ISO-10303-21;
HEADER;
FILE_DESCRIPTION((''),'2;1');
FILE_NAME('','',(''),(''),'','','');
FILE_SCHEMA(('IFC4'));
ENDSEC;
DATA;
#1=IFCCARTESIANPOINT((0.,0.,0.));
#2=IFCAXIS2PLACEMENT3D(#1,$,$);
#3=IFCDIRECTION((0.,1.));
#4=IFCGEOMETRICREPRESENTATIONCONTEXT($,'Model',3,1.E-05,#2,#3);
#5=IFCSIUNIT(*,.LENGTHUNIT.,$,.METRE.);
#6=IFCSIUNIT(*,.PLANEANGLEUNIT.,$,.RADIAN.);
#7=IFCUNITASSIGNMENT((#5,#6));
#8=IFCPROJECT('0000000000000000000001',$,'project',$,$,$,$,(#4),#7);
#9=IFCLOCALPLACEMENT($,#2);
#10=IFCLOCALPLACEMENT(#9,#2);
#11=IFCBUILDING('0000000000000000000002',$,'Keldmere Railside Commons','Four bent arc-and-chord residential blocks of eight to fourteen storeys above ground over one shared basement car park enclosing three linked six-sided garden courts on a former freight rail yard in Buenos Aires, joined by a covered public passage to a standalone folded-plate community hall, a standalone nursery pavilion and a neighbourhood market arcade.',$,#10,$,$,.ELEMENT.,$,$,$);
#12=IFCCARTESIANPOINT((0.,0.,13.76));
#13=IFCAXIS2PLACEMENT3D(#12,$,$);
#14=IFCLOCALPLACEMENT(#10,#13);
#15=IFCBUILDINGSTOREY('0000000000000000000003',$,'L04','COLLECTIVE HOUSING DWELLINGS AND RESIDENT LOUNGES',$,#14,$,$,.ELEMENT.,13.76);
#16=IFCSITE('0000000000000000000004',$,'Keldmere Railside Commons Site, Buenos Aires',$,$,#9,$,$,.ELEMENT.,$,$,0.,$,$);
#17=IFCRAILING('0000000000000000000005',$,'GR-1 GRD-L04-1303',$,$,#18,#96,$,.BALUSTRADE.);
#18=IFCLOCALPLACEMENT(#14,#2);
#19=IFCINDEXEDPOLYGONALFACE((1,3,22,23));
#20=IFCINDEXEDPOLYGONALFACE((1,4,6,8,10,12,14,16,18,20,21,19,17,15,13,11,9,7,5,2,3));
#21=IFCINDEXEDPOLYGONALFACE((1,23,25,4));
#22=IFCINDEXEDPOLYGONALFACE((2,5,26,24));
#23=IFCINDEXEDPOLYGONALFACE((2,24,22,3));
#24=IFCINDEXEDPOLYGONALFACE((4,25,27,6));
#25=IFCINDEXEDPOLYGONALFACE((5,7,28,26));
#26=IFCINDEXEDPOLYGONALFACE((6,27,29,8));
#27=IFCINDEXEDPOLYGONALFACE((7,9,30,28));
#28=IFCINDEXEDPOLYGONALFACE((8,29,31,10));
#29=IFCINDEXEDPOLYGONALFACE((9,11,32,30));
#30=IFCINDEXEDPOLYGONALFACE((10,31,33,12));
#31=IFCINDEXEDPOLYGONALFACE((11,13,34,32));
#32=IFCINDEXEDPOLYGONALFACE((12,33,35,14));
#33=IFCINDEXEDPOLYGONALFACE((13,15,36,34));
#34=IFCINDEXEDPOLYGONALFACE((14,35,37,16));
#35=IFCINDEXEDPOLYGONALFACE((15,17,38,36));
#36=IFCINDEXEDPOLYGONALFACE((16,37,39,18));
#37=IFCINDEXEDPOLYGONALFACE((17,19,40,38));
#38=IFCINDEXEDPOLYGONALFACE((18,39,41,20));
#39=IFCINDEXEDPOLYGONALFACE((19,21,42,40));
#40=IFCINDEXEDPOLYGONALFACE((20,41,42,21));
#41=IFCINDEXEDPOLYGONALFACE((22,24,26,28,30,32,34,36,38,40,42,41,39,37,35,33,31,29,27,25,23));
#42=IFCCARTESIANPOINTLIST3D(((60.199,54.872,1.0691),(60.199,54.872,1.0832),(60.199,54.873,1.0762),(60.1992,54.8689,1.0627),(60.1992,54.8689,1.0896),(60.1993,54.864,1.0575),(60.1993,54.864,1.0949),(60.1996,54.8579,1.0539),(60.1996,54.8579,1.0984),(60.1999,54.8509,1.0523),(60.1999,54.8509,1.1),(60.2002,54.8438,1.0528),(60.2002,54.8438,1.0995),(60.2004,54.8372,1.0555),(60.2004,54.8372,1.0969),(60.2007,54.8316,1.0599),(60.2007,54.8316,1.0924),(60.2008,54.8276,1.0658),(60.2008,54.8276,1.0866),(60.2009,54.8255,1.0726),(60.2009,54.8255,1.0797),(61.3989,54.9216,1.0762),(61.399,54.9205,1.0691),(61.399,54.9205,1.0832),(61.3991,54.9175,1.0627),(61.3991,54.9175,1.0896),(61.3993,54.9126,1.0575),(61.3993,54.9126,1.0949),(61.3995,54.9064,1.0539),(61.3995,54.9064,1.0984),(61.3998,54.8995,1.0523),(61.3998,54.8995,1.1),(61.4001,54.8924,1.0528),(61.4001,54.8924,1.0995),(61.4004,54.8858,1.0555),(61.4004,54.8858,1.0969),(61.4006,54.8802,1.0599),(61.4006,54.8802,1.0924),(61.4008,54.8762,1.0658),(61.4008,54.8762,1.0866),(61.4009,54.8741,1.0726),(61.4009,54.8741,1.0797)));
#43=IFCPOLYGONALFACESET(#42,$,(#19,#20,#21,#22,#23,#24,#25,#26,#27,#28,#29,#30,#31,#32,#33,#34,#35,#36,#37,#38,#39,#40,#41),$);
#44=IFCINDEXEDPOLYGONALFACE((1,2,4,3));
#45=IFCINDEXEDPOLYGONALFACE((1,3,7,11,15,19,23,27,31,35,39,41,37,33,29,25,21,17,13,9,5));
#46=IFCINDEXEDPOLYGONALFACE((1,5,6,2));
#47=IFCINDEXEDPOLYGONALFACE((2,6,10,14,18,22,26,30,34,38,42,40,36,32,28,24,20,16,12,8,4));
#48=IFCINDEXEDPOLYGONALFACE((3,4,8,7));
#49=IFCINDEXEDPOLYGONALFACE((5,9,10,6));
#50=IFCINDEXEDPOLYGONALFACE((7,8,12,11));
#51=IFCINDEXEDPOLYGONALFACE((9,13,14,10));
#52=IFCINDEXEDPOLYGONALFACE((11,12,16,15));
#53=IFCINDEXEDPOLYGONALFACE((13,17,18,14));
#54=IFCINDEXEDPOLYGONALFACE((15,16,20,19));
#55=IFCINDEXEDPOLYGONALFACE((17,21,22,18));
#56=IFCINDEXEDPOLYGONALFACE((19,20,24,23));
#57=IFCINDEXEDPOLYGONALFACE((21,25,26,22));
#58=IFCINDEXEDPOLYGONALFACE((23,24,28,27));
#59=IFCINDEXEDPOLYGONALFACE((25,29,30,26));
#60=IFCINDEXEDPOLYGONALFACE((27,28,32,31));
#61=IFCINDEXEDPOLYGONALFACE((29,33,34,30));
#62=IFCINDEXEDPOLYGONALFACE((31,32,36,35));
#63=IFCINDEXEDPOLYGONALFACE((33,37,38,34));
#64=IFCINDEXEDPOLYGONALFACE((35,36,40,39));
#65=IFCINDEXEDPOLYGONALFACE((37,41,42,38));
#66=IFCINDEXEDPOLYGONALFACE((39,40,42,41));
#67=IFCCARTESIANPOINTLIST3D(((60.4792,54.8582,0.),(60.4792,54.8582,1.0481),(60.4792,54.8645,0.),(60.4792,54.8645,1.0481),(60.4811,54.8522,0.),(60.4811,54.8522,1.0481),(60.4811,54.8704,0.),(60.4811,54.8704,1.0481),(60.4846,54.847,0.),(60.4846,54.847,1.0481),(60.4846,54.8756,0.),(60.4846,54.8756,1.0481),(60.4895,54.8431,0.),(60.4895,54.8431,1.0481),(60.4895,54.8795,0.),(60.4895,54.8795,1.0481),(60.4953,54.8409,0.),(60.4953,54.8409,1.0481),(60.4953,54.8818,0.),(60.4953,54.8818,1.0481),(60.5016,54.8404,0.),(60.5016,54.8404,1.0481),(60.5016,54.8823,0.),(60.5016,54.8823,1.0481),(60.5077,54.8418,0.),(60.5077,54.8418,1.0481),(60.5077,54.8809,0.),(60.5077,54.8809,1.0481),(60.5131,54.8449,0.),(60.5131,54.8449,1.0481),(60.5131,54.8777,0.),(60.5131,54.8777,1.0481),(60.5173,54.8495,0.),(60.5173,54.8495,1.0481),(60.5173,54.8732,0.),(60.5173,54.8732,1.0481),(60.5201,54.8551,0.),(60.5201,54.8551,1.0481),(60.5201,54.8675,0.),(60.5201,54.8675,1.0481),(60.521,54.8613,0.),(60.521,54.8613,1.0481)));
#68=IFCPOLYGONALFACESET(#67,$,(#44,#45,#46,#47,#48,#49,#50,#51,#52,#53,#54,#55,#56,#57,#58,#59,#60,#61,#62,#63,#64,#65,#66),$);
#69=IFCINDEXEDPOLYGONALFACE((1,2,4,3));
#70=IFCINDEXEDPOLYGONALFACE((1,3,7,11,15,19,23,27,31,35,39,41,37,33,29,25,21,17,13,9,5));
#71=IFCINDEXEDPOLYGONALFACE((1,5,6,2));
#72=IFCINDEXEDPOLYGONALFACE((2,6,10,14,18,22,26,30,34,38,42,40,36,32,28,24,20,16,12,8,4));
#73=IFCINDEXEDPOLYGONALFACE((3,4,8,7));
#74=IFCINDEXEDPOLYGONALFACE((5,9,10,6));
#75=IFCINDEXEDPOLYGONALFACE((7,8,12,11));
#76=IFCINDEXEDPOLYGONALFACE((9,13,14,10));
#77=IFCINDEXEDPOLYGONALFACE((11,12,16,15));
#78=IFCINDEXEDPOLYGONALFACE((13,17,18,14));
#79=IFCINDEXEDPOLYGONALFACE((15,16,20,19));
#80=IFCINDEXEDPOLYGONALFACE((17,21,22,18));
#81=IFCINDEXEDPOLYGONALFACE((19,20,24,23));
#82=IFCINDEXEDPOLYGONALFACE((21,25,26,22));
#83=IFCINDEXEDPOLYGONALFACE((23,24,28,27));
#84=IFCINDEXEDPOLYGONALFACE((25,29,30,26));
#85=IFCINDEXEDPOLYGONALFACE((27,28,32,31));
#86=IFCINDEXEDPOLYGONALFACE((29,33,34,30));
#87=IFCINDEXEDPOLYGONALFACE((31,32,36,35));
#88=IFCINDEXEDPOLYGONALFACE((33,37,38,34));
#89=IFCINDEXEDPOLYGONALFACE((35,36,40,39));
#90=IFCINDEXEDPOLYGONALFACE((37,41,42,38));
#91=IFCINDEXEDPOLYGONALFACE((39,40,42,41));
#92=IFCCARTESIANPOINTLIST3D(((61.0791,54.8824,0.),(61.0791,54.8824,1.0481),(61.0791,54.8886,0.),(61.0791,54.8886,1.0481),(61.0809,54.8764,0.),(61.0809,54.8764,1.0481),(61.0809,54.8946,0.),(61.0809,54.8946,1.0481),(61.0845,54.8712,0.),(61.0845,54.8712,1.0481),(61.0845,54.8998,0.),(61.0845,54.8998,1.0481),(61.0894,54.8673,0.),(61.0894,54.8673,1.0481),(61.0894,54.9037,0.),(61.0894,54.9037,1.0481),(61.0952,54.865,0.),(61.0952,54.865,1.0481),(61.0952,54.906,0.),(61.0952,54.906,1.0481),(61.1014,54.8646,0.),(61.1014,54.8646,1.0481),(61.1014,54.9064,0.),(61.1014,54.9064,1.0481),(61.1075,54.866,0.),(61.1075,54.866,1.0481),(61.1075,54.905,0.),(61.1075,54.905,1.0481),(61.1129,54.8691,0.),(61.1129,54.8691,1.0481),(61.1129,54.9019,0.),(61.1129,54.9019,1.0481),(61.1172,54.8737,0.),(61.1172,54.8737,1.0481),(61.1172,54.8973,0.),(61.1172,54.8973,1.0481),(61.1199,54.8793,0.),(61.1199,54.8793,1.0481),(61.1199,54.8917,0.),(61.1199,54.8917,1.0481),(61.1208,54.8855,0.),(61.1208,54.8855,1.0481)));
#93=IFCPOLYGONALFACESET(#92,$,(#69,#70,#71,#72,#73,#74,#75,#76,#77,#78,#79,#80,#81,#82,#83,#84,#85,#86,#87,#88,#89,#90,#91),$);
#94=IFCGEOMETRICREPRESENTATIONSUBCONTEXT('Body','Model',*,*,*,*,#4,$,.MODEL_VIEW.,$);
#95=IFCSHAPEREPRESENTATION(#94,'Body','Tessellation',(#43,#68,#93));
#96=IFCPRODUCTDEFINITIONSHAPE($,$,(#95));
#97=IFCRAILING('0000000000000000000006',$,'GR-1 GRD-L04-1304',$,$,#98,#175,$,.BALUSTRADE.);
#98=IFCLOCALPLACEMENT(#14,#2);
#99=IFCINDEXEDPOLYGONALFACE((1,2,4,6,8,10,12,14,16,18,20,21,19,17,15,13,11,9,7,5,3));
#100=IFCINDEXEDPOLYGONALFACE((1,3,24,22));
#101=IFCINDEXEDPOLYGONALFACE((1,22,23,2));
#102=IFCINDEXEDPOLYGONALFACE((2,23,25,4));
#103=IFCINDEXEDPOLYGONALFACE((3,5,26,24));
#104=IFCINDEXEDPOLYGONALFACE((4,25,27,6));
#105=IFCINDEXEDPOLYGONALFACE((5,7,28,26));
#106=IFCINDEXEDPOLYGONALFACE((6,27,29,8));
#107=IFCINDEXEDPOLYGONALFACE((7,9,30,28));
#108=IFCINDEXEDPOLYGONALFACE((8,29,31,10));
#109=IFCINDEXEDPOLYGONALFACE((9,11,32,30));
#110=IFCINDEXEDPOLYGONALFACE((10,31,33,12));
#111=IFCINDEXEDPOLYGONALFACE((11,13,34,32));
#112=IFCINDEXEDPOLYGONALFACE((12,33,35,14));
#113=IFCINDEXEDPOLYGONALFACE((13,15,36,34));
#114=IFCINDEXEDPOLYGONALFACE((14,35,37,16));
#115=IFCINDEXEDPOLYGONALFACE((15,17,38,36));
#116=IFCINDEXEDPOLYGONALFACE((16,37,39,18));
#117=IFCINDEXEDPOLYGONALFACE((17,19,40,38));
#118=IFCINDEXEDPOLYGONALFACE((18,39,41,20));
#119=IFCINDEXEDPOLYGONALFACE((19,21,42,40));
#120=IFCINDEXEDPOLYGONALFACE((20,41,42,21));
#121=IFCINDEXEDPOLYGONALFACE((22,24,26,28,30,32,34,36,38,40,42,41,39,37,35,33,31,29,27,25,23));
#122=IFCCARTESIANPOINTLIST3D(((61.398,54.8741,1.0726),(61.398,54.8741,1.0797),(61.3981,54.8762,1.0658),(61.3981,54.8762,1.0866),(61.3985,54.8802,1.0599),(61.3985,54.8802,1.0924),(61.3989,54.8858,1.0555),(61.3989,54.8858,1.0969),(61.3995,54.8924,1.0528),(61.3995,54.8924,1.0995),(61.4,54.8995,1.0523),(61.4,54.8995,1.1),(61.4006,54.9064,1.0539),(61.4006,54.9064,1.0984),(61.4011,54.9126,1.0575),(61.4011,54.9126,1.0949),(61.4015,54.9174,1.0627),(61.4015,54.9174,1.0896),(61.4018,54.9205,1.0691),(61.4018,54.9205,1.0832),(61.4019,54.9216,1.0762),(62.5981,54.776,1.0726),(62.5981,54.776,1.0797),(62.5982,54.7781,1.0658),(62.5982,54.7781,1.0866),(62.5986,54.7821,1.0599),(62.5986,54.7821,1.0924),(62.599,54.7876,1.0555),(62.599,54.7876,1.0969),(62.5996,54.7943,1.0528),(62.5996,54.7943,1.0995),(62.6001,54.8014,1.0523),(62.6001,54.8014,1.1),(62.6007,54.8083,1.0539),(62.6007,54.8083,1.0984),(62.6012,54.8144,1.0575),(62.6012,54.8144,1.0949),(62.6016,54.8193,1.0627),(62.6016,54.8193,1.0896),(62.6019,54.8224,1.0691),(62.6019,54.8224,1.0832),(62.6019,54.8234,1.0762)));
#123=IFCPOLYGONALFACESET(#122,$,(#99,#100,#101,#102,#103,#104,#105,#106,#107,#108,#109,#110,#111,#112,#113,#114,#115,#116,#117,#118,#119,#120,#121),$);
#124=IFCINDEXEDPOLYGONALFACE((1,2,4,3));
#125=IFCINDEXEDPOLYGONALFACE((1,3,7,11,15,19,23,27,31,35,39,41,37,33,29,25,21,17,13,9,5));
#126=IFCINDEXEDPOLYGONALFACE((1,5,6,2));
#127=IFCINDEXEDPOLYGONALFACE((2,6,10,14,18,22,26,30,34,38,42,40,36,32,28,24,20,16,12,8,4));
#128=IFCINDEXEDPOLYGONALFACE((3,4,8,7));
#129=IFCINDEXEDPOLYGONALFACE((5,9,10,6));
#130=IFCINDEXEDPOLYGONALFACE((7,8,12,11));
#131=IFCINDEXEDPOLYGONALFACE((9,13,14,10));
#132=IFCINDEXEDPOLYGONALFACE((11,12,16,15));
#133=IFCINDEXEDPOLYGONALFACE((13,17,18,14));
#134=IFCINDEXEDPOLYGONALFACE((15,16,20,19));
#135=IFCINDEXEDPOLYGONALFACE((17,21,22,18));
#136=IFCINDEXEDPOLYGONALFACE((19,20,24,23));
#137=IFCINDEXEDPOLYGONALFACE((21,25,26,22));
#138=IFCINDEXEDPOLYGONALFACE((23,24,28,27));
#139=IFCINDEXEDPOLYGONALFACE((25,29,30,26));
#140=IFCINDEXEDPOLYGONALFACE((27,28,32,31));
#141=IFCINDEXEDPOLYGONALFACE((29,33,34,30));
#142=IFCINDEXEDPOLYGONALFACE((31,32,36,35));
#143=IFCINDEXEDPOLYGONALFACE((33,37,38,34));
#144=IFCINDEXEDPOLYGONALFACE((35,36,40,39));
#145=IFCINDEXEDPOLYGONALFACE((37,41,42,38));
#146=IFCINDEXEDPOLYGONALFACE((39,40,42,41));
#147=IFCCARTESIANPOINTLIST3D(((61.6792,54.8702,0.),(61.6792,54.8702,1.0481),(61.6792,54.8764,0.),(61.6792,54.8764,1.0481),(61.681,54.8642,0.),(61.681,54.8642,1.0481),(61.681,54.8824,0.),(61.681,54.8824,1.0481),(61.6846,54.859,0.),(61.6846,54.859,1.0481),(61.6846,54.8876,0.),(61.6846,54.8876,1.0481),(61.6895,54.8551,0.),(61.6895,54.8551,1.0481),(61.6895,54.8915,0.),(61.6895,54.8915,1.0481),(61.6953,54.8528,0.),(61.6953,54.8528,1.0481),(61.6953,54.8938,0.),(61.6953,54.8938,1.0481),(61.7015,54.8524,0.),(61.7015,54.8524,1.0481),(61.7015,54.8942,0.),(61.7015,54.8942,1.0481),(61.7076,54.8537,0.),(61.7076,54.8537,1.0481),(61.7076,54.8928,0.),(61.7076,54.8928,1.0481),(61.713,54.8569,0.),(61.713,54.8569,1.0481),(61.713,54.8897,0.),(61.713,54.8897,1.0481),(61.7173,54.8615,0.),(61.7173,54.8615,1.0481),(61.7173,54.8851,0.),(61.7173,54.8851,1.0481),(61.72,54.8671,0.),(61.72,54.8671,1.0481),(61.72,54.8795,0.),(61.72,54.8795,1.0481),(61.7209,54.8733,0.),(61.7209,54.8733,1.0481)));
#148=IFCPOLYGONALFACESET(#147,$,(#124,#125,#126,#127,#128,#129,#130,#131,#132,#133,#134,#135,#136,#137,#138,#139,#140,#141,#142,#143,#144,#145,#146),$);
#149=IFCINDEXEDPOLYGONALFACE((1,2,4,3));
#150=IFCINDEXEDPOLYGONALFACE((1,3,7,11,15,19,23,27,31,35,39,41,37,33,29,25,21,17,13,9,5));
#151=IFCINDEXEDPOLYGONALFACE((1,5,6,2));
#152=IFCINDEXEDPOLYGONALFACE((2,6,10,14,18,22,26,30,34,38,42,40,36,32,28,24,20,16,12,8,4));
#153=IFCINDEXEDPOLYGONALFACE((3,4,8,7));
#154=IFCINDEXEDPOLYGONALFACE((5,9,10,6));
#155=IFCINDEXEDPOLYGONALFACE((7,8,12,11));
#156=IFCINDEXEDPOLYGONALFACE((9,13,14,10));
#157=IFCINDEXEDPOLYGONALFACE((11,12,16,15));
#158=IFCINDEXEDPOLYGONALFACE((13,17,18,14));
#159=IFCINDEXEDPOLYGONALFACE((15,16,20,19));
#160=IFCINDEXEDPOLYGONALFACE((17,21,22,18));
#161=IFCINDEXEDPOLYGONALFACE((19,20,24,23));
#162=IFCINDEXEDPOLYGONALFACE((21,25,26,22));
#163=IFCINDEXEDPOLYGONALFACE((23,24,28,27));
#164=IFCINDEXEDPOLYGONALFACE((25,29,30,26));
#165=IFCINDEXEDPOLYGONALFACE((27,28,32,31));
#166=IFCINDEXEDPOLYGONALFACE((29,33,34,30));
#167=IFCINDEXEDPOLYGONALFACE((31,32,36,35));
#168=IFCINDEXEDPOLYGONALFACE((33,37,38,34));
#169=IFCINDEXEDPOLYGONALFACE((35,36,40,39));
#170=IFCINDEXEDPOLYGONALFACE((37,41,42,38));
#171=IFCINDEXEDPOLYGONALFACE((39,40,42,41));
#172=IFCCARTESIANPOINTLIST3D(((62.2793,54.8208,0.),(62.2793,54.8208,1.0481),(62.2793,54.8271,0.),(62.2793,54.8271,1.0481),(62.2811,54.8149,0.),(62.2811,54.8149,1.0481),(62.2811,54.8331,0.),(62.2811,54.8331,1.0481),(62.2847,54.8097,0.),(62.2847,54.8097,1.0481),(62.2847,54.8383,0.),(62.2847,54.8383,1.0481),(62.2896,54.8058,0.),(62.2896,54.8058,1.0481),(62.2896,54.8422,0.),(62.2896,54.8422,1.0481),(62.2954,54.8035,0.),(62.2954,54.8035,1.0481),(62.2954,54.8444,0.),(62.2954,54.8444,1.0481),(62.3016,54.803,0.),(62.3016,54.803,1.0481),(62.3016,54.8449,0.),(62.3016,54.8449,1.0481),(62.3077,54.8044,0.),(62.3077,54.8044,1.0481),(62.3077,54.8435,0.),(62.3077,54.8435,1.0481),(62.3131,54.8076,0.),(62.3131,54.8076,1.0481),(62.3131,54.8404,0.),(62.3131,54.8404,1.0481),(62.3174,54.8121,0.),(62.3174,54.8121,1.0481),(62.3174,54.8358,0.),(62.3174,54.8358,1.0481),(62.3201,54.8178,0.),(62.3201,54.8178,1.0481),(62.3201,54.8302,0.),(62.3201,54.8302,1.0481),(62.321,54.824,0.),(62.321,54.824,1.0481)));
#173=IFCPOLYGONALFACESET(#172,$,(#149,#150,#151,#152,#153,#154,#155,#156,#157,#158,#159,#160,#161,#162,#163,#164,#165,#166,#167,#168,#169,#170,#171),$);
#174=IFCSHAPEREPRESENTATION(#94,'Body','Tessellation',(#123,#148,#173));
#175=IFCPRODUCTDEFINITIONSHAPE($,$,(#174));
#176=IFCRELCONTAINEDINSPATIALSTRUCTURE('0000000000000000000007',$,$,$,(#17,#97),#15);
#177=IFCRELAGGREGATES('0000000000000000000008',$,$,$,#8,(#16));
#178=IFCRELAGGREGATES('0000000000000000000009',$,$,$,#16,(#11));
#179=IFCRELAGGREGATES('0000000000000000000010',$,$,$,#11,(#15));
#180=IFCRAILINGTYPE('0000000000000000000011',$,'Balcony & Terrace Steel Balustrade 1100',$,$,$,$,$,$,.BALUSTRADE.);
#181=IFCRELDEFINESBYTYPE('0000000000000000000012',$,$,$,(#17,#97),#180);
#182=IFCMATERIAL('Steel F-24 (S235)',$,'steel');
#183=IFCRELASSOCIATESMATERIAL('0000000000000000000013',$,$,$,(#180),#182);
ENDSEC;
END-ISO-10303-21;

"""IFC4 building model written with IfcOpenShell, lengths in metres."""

from ifc_helpers import new_model, si_unit, direction, frame, origin, origin_2d, place, context, subcontext, project, spatial, circle, extrude, material, type_object, element, save


model = new_model("IFC4")

# Units and contexts
model_context = context("Model", 3, precision=1e-05, world=origin(), true_north=direction((0.0, 1.0)))
body_context = subcontext(model_context, "Body", "Model", "MODEL_VIEW")
ifc_project = project(units=[si_unit("LENGTHUNIT", "METRE"), si_unit("PLANEANGLEUNIT", "RADIAN")], contexts=[model_context])

# Site, building, storey
site_placement = place(None, origin())
site = spatial("IfcSite", under=ifc_project, at=site_placement, Name="Keldmere Railside Commons Site, Buenos Aires", CompositionType="ELEMENT", RefElevation=0.0)
building_placement = place(site_placement, origin())
building = spatial("IfcBuilding", under=site, at=building_placement, Name="Keldmere Railside Commons", Description="Four bent arc-and-chord residential blocks of eight to fourteen storeys above ground over one shared basement car park enclosing three linked six-sided garden courts on a former freight rail yard in Buenos Aires, joined by a covered public passage to a standalone folded-plate community hall, a standalone nursery pavilion and a neighbourhood market arcade.", CompositionType="ELEMENT")
storey_placement = place(building_placement, frame((0.0, 0.0, 13.76)))
storey = spatial("IfcBuildingStorey", under=building, at=storey_placement, Name="L04", Description="COLLECTIVE HOUSING DWELLINGS AND RESIDENT LOUNGES", CompositionType="ELEMENT", Elevation=13.76)

# Railings
ifc_material_1 = material(Name="Steel F-24 (S235)", Category="steel")
railing_type = type_object("IfcRailingType", Name="Balcony & Terrace Steel Balustrade 1100", PredefinedType="BALUSTRADE", material=ifc_material_1)
railing_1_placement = place(storey_placement, frame((60.2, 54.8491, 0.0)))
element("IfcRailing", 1, at=railing_1_placement, inside=storey, type_object=railing_type, Name="GR-1 GRD-L04-1303", PredefinedType="BALUSTRADE", context=body_context, shape_type="SweptSolid", body=[
    extrude(circle(Radius=0.0239, at=origin_2d()), frame((0.0, 0.0, 1.0762), z_axis=(0.999181, 0.040455, 0.0), x_axis=(-0.040455, 0.999181, 0.0)), (0.0, 0.0, 1.0), 1.2009),
    extrude(circle(Radius=0.021, at=origin_2d()), frame((0.3, 0.0122, 0.0)), (0.0, 0.0, 1.0), 1.0481),
    extrude(circle(Radius=0.021, at=origin_2d()), frame((0.8999, 0.0364, 0.0)), (0.0, 0.0, 1.0), 1.0481),
])
railing_2_placement = place(storey_placement, frame((61.3999, 54.8977, 0.0)))
element("IfcRailing", 2, at=railing_2_placement, inside=storey, type_object=railing_type, Name="GR-1 GRD-L04-1304", PredefinedType="BALUSTRADE", context=body_context, shape_type="SweptSolid", body=[
    extrude(circle(Radius=0.0239, at=origin_2d()), frame((0.0, 0.0, 1.0762), z_axis=(0.996673, -0.081502, 0.0), x_axis=(0.081502, 0.996673, 0.0)), (0.0, 0.0, 1.0), 1.2041),
    extrude(circle(Radius=0.021, at=origin_2d()), frame((0.3, -0.0244, 0.0)), (0.0, 0.0, 1.0), 1.0481),
    extrude(circle(Radius=0.021, at=origin_2d()), frame((0.9001, -0.0737, 0.0)), (0.0, 0.0, 1.0), 1.0481),
])

save(model, "model.ifc")
